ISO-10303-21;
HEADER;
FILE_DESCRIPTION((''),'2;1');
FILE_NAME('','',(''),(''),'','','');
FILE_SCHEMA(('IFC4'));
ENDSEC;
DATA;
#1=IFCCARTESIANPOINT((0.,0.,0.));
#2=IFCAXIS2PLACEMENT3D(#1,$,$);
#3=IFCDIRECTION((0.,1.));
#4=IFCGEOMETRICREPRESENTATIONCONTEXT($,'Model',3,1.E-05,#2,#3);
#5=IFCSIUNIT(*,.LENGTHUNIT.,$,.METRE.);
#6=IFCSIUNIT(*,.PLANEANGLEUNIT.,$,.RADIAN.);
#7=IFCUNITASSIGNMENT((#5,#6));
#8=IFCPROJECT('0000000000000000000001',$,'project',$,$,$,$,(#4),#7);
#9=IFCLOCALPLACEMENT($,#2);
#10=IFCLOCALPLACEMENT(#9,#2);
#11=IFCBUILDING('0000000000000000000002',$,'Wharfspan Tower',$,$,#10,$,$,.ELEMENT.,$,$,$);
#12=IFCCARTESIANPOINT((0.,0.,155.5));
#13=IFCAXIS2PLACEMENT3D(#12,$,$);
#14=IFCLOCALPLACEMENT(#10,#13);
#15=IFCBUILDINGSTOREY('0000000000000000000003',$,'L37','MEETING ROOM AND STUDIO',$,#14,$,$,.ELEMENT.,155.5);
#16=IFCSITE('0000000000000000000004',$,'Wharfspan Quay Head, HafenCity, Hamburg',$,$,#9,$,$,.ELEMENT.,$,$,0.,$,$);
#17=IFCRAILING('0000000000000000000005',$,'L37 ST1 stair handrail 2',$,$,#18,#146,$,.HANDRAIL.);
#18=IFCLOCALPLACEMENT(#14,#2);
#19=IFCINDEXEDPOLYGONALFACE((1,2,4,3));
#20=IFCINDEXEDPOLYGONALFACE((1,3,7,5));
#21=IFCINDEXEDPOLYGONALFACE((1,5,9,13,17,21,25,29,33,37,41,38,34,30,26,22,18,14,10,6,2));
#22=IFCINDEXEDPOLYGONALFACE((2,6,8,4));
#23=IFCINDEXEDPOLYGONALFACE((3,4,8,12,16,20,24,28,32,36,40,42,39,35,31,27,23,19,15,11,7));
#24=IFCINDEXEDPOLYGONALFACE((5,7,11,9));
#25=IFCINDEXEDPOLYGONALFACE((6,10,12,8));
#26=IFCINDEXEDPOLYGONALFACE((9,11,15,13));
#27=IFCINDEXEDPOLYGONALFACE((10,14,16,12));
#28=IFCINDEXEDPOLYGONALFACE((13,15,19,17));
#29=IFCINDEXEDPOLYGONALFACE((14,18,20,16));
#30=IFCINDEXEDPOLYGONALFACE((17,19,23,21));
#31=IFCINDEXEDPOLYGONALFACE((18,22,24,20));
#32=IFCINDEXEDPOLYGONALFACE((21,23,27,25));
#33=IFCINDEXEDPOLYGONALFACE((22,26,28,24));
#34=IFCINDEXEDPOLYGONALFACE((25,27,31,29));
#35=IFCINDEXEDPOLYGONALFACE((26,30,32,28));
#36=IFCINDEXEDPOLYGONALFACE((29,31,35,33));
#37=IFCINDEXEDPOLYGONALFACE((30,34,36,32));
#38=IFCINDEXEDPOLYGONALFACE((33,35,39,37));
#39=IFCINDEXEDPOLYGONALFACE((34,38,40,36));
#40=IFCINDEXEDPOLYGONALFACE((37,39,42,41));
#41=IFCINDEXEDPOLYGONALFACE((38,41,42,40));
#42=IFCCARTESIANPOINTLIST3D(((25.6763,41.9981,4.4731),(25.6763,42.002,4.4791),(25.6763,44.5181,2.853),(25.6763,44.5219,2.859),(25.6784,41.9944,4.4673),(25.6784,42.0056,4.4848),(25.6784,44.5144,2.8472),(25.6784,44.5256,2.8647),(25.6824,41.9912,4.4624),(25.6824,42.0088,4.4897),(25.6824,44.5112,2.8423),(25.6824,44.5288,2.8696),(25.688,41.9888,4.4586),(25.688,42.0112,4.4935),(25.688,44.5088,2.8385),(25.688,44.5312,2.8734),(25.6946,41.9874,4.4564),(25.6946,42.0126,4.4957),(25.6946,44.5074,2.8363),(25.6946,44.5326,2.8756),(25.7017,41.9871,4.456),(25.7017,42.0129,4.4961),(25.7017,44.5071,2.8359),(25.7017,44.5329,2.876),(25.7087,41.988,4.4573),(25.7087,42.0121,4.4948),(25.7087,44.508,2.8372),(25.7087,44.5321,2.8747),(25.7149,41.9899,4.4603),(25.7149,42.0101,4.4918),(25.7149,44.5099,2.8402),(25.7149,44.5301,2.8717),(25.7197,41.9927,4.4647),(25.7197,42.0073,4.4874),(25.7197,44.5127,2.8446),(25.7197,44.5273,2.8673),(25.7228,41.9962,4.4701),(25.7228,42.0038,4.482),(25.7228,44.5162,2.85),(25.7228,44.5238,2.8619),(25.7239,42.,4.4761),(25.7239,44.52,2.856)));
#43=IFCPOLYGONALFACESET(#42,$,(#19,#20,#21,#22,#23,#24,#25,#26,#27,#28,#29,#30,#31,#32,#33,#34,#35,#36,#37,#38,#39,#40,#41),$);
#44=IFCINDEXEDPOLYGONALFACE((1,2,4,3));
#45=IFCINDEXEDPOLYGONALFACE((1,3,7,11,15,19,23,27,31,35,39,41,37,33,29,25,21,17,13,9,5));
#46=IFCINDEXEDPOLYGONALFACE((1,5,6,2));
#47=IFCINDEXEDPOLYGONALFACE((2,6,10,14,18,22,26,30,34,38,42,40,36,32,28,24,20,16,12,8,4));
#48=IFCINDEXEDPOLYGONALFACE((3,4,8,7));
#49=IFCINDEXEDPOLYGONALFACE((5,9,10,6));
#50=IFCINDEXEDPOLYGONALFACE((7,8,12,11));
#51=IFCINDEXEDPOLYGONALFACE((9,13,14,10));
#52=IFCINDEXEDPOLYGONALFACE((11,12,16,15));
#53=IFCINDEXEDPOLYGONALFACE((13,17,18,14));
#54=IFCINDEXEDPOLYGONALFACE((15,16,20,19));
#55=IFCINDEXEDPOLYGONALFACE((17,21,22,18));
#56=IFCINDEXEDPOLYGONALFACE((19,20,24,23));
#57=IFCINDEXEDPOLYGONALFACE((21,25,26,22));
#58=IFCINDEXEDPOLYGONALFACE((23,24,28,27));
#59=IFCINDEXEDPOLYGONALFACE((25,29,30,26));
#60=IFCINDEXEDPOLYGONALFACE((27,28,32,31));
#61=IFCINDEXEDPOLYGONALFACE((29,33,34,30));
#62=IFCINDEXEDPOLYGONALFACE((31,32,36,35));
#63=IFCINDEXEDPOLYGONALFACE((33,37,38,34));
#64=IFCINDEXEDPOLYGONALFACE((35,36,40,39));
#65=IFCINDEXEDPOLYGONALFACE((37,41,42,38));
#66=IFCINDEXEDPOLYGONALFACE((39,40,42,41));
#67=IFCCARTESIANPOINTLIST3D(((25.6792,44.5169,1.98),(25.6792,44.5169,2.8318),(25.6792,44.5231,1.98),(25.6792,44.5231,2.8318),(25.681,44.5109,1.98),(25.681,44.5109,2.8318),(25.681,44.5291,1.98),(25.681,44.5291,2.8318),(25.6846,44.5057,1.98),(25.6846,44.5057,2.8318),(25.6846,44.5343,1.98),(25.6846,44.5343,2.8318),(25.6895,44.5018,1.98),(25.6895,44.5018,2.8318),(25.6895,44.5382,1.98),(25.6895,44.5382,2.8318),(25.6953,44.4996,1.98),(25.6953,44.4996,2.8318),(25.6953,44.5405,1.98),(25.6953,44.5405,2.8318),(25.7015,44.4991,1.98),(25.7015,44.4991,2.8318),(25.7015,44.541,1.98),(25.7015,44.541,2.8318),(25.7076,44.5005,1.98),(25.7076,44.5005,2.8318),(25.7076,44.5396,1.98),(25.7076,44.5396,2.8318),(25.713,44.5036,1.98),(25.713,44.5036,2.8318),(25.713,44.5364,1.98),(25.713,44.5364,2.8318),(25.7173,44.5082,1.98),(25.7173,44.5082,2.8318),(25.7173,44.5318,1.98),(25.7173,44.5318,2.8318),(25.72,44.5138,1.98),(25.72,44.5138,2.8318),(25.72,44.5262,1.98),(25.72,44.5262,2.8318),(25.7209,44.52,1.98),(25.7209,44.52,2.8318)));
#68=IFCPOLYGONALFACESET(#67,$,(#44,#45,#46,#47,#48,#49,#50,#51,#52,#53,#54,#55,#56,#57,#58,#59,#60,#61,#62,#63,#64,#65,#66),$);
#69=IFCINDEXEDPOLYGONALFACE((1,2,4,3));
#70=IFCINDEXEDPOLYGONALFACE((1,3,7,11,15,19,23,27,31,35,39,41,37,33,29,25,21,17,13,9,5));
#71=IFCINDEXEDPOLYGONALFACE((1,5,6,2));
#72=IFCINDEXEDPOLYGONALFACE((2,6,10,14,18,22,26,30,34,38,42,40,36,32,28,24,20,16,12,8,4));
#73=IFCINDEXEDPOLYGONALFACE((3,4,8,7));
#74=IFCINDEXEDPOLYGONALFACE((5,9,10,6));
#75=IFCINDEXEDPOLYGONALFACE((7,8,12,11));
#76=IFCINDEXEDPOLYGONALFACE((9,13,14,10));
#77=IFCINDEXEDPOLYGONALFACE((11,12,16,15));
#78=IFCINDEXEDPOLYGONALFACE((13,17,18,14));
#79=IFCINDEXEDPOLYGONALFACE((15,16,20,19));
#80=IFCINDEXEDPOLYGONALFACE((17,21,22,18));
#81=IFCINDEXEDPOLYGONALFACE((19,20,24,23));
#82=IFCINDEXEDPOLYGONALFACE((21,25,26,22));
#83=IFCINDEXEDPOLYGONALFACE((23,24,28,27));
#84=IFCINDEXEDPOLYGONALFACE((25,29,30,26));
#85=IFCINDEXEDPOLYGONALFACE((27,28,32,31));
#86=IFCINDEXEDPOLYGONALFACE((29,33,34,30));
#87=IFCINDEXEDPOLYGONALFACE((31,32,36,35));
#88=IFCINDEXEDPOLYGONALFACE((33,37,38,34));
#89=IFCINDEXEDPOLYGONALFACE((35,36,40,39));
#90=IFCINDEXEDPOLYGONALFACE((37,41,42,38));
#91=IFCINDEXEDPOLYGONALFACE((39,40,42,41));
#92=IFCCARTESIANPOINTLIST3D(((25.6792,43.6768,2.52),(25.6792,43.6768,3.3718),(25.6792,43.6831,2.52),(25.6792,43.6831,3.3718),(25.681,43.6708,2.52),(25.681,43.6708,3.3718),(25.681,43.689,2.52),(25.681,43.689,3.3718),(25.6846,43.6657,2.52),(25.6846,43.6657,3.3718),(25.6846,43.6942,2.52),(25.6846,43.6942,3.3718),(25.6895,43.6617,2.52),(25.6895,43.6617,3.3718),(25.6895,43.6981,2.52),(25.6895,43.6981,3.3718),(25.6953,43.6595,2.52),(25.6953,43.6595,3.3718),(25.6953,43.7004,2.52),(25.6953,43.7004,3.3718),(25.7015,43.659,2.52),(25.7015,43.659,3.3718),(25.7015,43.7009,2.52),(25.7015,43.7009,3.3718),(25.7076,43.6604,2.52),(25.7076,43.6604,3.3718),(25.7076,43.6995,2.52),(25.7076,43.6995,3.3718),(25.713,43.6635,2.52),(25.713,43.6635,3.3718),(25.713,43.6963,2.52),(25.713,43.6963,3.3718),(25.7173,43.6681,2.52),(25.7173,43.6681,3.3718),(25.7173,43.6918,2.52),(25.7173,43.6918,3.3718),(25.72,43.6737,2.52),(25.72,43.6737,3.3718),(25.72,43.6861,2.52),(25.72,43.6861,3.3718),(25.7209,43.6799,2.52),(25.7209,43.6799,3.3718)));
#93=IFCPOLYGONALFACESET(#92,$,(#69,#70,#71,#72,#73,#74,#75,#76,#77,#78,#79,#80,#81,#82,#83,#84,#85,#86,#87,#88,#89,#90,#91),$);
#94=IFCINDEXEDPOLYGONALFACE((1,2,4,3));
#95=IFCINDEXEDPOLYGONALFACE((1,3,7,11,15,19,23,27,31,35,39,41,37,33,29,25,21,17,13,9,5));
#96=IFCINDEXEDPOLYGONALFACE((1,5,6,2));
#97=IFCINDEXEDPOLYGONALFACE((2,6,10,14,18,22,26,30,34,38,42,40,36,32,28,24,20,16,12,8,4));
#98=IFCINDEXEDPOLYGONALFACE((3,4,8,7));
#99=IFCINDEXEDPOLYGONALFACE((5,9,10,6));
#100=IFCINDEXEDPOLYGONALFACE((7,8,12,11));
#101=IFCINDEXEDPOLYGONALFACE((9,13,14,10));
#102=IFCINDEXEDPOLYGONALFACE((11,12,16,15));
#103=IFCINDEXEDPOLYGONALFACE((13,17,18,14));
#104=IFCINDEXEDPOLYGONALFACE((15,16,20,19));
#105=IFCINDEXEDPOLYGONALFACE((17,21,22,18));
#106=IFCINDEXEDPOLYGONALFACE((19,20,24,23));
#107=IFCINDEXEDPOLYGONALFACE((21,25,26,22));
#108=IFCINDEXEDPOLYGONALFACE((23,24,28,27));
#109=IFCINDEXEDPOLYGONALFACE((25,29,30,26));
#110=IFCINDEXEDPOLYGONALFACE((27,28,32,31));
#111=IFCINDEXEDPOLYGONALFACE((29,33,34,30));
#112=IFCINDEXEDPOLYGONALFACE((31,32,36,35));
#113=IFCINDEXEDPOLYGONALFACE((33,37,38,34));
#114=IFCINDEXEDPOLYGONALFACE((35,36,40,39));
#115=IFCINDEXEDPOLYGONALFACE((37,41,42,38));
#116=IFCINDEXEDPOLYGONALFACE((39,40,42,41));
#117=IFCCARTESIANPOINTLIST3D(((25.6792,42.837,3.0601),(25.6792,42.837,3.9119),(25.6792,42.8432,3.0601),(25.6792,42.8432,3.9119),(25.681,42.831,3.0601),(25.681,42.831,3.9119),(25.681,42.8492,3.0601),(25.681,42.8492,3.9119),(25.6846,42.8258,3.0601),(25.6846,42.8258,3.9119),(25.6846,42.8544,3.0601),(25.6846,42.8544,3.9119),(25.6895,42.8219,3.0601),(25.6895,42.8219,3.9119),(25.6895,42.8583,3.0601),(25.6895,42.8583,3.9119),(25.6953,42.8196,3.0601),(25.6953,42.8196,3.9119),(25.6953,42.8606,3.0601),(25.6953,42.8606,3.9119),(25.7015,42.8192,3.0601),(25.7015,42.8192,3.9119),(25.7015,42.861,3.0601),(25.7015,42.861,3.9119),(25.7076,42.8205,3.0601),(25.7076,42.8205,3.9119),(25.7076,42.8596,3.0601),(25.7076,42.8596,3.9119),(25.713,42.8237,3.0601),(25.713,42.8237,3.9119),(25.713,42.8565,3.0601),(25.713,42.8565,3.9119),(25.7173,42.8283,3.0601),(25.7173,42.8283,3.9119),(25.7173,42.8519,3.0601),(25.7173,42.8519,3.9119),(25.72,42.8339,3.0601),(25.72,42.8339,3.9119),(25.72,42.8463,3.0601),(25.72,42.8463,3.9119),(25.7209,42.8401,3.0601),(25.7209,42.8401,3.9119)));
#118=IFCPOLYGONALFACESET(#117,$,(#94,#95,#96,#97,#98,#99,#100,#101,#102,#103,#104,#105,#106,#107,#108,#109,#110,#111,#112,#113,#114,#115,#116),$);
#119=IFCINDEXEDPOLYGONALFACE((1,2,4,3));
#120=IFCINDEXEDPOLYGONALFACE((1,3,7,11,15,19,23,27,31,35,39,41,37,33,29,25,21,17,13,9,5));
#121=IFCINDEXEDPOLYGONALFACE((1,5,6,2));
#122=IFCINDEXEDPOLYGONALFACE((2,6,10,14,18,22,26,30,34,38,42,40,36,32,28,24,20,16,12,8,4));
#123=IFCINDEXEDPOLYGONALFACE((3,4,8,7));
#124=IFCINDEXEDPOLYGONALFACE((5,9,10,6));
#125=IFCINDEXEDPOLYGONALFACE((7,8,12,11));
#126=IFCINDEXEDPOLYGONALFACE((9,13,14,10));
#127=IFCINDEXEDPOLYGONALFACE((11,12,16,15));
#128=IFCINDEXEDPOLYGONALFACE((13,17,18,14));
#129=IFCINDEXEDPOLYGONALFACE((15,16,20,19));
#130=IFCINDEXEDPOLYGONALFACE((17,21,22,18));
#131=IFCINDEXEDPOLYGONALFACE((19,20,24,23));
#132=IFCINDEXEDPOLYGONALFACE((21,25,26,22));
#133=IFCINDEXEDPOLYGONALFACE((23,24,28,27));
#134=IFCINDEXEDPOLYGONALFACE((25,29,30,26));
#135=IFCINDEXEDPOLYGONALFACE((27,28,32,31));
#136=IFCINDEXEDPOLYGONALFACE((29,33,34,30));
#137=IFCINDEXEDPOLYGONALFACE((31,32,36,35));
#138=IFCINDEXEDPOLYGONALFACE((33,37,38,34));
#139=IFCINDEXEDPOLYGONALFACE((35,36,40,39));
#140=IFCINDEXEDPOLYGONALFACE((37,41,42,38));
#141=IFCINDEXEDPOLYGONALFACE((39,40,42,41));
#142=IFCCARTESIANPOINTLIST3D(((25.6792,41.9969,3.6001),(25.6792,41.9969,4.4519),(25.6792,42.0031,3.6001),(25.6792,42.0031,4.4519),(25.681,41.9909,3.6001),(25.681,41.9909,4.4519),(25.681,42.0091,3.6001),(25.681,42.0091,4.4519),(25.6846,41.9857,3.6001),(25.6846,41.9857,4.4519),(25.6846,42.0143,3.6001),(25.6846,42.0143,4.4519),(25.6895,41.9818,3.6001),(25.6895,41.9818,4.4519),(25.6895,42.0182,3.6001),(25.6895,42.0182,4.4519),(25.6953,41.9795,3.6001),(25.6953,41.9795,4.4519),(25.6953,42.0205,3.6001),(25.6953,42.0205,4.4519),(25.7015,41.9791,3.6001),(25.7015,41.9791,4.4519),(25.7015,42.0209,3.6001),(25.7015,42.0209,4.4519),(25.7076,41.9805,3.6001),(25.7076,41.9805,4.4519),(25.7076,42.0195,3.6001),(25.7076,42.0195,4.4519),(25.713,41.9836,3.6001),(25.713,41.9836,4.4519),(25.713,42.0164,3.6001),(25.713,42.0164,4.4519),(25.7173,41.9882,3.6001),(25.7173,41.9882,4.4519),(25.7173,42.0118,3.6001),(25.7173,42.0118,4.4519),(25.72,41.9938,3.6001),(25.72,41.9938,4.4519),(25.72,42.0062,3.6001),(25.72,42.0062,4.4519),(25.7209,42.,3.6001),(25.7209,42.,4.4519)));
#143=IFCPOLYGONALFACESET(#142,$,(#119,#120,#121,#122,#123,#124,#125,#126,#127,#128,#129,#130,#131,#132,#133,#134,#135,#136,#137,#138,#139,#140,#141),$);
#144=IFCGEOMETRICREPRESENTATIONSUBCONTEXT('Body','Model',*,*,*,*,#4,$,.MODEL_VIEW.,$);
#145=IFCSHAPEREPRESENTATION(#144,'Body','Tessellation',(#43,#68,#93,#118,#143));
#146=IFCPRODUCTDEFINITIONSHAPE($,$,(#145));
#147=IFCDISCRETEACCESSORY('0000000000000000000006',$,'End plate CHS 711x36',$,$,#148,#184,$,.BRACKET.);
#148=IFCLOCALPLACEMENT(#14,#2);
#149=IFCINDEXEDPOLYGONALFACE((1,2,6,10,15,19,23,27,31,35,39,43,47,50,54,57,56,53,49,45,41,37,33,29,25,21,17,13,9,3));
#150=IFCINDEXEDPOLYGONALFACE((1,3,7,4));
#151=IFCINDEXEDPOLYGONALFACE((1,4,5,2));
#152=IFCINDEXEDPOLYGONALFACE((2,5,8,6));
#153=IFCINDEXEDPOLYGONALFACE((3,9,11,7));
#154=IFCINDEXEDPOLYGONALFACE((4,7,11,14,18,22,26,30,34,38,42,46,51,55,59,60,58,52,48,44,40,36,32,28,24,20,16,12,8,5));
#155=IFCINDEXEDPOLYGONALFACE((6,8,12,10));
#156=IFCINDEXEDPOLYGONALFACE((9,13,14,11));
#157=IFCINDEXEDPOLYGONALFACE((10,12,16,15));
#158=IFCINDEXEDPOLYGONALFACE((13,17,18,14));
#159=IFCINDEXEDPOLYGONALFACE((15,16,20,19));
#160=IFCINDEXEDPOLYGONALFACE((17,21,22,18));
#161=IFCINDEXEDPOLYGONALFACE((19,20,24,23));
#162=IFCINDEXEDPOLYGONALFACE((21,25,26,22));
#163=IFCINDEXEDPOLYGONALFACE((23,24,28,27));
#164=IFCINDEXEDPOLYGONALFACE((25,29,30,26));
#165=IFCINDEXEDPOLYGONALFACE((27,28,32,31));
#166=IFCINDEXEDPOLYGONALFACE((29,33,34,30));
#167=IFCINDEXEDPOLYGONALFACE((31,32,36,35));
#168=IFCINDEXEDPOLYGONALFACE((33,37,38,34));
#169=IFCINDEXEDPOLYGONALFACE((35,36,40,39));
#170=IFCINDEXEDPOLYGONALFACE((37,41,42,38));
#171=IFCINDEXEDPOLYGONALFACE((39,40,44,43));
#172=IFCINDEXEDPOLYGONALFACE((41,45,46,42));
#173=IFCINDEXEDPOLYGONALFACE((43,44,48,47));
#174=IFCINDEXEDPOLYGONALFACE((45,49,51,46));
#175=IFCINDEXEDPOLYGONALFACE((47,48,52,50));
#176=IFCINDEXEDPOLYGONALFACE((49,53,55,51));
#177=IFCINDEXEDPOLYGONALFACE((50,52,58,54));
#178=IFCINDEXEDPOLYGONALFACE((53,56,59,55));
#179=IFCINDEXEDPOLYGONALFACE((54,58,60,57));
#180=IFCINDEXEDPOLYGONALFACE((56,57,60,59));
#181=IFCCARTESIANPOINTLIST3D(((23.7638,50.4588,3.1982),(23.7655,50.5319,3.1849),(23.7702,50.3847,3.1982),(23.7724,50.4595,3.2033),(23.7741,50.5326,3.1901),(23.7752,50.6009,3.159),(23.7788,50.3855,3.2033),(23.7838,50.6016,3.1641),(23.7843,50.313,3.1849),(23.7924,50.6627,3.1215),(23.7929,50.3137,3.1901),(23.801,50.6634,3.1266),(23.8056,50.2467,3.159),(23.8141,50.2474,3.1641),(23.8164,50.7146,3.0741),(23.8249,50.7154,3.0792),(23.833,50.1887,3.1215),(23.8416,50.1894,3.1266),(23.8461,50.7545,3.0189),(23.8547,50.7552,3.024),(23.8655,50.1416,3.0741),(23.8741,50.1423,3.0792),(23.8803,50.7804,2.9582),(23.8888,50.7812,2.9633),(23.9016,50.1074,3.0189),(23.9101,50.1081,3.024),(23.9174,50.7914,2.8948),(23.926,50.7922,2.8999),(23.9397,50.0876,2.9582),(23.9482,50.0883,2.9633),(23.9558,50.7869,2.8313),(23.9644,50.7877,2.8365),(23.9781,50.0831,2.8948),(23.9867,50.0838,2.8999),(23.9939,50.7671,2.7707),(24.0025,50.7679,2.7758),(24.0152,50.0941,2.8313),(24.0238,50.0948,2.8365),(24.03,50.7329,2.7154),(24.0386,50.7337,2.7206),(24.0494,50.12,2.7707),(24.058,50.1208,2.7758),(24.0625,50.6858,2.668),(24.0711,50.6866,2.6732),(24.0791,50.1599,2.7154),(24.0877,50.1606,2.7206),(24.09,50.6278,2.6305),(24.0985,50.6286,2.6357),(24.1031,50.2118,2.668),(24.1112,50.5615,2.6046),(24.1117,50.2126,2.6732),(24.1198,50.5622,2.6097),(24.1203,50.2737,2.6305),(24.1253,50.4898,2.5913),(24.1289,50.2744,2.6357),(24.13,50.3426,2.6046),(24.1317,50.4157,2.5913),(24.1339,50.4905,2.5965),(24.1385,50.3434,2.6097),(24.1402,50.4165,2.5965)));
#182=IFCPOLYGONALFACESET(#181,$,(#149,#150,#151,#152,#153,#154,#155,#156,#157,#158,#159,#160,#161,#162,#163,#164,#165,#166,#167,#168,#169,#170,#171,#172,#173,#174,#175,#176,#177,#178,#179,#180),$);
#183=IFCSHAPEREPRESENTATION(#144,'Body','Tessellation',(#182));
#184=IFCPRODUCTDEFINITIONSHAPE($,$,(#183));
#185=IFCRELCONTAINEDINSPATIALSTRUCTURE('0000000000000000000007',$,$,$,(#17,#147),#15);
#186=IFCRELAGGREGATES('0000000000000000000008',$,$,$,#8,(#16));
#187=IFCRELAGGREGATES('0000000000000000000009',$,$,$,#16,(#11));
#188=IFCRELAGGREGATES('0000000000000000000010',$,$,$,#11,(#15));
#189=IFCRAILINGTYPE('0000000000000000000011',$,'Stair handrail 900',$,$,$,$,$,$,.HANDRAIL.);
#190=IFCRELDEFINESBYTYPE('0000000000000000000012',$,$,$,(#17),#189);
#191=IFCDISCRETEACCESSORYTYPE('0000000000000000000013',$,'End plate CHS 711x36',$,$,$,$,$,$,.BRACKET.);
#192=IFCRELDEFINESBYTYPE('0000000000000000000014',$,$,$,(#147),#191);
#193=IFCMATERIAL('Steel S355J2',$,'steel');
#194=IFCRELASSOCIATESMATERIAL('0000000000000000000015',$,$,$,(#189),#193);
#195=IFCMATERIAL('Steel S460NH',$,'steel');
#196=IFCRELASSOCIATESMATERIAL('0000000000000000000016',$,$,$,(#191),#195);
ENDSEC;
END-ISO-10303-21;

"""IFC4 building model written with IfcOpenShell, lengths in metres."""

from ifc_helpers import new_model, si_unit, direction, frame, origin, origin_2d, place, context, subcontext, project, spatial, circle, extrude, material, material_profile, profile_set, type_object, element, save


model = new_model("IFC4")

# Units and contexts
model_context = context("Model", 3, precision=1e-05, world=origin(), true_north=direction((0.0, 1.0)))
body_context = subcontext(model_context, "Body", "Model", "MODEL_VIEW")
ifc_project = project(units=[si_unit("LENGTHUNIT", "METRE"), si_unit("PLANEANGLEUNIT", "RADIAN")], contexts=[model_context])

# Site, building, storey
site_placement = place(None, origin())
site = spatial("IfcSite", under=ifc_project, at=site_placement, Name="Wharfspan Quay Head, HafenCity, Hamburg", CompositionType="ELEMENT", RefElevation=0.0)
building_placement = place(site_placement, origin())
building = spatial("IfcBuilding", under=site, at=building_placement, Name="Wharfspan Tower", CompositionType="ELEMENT")
storey_placement = place(building_placement, frame((0.0, 0.0, 155.5)))
storey = spatial("IfcBuildingStorey", under=building, at=storey_placement, Name="L37", Description="MEETING ROOM AND STUDIO", CompositionType="ELEMENT", Elevation=155.5)

# Shared definitions
ifc_material_1 = material(Name="Steel S355J2", Category="steel")

# Shared definitions
ifc_material_2 = material(Name="Steel S460NH", Category="steel")

# Railing
railing_type_1 = type_object("IfcRailingType", Name="Stair handrail 900", PredefinedType="HANDRAIL", material=ifc_material_1)
railing_1_placement = place(storey_placement, frame((25.7, 44.52, 1.98)))
element("IfcRailing", 1, at=railing_1_placement, inside=storey, type_object=railing_type_1, Name="L37 ST1 stair handrail 2", PredefinedType="HANDRAIL", context=body_context, shape_type="SweptSolid", body=[
    extrude(circle(Radius=0.0239, at=origin_2d()), frame((0.0, 0.0, 0.876), z_axis=(0.0, -0.841163, 0.540782), x_axis=(1.0, 0.0, 0.0)), (0.0, 0.0, 1.0), 2.9958),
    extrude(circle(Radius=0.021, at=origin_2d()), origin(), (0.0, 0.0, 1.0), 0.8518),
    extrude(circle(Radius=0.021, at=origin_2d()), frame((0.0, -0.8401, 0.54)), (0.0, 0.0, 1.0), 0.8518),
    extrude(circle(Radius=0.021, at=origin_2d()), frame((0.0, -1.6799, 1.0801)), (0.0, 0.0, 1.0), 0.8518),
    extrude(circle(Radius=0.021, at=origin_2d()), frame((0.0, -2.52, 1.6201)), (0.0, 0.0, 1.0), 0.8518),
])

# Discrete accessory
ifc_material_profile_1 = material_profile(ifc_material_2, circle(Radius=0.3555, at=origin_2d()))
ifc_profile_set_1 = profile_set([ifc_material_profile_1], Name="Steel S460NH")
discrete_accessory_type = type_object("IfcDiscreteAccessoryType", Name="End plate CHS 711x36", PredefinedType="BRACKET", material=ifc_profile_set_1)
for number, where, z_axis, x_axis, name in (
    (2, (23.9478, 50.4373, 2.8948), (0.855186, 0.073302, 0.513112), (-0.085402, 0.996345, 0.000001), "End plate CHS 711x36"),
):
    element("IfcDiscreteAccessory", number, at=place(storey_placement, frame(where, z_axis=z_axis, x_axis=x_axis)), inside=storey, type_object=discrete_accessory_type, Name=name, PredefinedType="BRACKET", context=body_context, shape_type="SweptSolid", body=[
        extrude(circle(Radius=0.3555, at=origin_2d()), origin(), (0.0, 0.0, 1.0), 0.01),
    ])

save(model, "model.ifc")
